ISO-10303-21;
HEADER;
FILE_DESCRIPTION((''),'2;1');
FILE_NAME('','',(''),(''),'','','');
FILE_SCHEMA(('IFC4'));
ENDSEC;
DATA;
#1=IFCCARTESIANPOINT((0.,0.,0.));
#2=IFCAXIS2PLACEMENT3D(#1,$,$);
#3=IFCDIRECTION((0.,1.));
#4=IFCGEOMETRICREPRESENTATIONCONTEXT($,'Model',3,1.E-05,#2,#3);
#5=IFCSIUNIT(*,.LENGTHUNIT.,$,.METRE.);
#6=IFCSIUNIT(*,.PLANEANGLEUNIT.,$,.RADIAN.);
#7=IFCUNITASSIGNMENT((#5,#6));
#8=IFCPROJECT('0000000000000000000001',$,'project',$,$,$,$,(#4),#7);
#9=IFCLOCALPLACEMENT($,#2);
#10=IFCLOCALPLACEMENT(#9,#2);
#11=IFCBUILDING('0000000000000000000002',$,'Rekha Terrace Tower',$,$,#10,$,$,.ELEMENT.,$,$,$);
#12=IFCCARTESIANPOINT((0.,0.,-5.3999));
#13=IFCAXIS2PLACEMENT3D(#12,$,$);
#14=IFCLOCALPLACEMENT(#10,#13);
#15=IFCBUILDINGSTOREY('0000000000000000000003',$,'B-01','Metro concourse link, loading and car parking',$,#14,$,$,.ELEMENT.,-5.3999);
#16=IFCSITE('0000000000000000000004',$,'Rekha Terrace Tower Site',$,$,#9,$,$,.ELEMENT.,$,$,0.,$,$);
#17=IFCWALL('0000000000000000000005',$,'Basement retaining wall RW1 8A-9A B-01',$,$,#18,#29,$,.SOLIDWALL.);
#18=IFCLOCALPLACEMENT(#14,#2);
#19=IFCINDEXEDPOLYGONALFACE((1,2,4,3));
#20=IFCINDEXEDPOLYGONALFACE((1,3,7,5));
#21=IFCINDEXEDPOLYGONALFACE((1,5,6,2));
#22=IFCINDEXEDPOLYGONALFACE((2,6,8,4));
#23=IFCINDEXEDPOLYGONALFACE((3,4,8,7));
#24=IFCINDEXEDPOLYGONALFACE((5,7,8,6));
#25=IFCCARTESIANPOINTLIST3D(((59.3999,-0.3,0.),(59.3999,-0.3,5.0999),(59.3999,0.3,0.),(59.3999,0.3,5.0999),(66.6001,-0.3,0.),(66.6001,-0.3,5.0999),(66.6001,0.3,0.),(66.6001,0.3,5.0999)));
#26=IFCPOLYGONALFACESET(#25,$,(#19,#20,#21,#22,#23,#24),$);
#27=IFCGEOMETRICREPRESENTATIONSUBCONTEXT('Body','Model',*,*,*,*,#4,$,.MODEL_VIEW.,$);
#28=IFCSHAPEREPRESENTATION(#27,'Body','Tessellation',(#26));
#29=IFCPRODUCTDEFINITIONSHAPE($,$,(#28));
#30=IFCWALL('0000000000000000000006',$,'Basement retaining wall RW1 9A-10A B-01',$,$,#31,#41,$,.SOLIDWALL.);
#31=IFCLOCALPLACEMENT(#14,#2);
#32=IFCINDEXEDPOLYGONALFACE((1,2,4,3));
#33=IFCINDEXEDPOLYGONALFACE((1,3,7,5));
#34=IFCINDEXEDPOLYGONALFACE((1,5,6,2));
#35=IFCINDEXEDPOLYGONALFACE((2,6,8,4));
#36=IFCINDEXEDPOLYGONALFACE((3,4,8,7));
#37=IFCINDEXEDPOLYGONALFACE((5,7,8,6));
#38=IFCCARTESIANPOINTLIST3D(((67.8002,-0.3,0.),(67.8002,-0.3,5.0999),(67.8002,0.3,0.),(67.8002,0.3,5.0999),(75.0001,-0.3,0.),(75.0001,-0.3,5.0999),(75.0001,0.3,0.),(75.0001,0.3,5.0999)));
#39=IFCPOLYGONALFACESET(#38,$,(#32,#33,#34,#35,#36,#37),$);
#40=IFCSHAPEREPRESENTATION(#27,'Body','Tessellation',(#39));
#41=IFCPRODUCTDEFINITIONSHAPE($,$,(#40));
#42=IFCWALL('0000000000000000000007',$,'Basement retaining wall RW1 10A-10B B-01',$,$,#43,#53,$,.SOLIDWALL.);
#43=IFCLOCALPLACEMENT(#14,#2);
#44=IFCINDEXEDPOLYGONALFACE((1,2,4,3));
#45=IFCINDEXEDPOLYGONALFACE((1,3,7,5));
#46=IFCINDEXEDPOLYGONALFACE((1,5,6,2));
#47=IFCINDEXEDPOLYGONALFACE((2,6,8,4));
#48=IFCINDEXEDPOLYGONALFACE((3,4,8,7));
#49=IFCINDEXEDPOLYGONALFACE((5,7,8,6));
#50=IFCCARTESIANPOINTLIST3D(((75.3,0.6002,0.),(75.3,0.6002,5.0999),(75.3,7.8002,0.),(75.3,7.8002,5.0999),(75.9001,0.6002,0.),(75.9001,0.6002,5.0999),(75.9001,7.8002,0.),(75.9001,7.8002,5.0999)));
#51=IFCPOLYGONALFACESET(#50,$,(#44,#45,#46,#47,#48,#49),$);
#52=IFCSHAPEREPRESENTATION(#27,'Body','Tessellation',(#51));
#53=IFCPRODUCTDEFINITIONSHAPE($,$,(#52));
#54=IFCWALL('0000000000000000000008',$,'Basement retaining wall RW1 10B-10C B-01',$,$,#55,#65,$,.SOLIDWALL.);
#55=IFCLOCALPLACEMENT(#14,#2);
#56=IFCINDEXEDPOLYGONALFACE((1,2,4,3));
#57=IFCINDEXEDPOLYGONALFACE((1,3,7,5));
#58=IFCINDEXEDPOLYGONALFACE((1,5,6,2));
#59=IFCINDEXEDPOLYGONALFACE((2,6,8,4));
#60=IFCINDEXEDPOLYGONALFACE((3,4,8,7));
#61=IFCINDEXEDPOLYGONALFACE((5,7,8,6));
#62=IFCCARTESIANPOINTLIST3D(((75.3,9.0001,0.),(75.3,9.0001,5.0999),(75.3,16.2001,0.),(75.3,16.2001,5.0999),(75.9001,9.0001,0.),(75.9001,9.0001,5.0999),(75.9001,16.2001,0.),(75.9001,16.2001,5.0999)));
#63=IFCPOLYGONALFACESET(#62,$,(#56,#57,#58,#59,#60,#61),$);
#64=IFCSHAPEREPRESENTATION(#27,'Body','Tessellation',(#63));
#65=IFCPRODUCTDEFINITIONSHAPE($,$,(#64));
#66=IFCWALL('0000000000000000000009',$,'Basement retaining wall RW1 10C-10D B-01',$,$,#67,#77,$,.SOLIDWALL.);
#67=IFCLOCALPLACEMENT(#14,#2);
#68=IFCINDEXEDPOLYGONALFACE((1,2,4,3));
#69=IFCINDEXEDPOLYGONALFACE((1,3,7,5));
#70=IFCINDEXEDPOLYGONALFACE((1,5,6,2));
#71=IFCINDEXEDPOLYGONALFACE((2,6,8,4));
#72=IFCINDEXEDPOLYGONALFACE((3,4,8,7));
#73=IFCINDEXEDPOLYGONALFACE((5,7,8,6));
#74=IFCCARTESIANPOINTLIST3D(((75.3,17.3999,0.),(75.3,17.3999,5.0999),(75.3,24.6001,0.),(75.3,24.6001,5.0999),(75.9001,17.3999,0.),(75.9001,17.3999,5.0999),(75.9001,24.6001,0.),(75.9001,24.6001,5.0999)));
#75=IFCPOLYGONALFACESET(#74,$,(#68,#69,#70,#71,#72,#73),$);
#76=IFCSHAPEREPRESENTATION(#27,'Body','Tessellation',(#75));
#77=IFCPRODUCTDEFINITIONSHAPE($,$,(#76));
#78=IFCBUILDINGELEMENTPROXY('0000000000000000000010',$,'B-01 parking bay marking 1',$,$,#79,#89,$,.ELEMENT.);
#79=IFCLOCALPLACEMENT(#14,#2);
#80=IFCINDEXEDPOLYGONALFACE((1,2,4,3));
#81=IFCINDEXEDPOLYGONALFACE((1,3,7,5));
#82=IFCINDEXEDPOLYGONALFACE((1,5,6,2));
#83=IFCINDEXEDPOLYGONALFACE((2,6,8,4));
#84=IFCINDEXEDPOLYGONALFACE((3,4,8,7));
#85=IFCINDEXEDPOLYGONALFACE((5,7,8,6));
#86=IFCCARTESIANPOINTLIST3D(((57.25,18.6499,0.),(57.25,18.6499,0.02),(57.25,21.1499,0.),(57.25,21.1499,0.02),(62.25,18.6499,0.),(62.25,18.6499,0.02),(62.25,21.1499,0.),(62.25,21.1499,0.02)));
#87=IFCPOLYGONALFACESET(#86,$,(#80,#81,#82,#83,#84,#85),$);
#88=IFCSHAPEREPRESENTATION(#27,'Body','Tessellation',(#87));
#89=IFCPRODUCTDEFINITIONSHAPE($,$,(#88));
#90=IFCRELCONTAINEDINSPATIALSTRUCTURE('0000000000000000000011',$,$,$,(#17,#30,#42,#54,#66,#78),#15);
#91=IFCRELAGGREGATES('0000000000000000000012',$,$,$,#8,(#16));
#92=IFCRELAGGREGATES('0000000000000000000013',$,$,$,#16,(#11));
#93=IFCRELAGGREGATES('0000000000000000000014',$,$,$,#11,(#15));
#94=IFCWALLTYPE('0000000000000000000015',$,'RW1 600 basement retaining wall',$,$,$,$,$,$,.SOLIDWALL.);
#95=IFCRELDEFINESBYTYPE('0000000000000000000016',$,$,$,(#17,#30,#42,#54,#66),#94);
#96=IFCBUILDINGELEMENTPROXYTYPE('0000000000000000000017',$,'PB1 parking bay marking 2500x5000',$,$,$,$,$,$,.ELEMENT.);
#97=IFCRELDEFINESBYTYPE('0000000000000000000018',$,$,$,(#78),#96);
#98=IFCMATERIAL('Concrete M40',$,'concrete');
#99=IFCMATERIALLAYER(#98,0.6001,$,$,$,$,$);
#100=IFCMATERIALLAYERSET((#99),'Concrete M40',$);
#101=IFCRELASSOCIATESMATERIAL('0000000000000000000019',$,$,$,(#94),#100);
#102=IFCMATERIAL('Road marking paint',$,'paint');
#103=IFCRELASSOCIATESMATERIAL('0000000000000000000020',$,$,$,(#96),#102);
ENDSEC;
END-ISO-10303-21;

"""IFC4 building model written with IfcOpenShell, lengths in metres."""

from ifc_helpers import new_model, si_unit, direction, frame, frame_2d, origin, origin_2d, place, context, subcontext, project, spatial, rectangle, extrude, material, layer, layer_set, type_object, element, save


model = new_model("IFC4")

# Units and contexts
model_context = context("Model", 3, precision=1e-05, world=origin(), true_north=direction((0.0, 1.0)))
body_context = subcontext(model_context, "Body", "Model", "MODEL_VIEW")
ifc_project = project(units=[si_unit("LENGTHUNIT", "METRE"), si_unit("PLANEANGLEUNIT", "RADIAN")], contexts=[model_context])

# Site, building, storey
site_placement = place(None, origin())
site = spatial("IfcSite", under=ifc_project, at=site_placement, Name="Rekha Terrace Tower Site", CompositionType="ELEMENT", RefElevation=0.0)
building_placement = place(site_placement, origin())
building = spatial("IfcBuilding", under=site, at=building_placement, Name="Rekha Terrace Tower", CompositionType="ELEMENT")
storey_placement = place(building_placement, frame((0.0, 0.0, -5.3999)))
storey = spatial("IfcBuildingStorey", under=building, at=storey_placement, Name="B-01", Description="Metro concourse link, loading and car parking", CompositionType="ELEMENT", Elevation=-5.3999)

# Walls
ifc_material_1 = material(Name="Concrete M40", Category="concrete")
ifc_layer = layer(ifc_material_1, 0.6001)
ifc_layer_set = layer_set([ifc_layer], Name="Concrete M40")
wall_type = type_object("IfcWallType", Name="RW1 600 basement retaining wall", PredefinedType="SOLIDWALL", material=ifc_layer_set)
wall_1_placement = place(storey_placement, frame((59.3999, 0.0, 0.0), z_axis=(0.0, 0.0, 1.0), x_axis=(1.0, 0.0, 0.0)))
element("IfcWall", 1, at=wall_1_placement, inside=storey, type_object=wall_type, Name="Basement retaining wall RW1 8A-9A B-01", PredefinedType="SOLIDWALL", context=body_context, shape_type="SweptSolid", body=[
    extrude(rectangle(XDim=7.2002, YDim=0.6001, at=frame_2d((3.6001, 0.0))), origin(), (0.0, 0.0, 1.0), 5.0999),
])
for number, where, z_axis, x_axis, name in (
    (2, (67.8, 0.0, 0.0), (0.0, 0.0, 1.0), (1.0, 0.0, 0.0), "Basement retaining wall RW1 9A-10A B-01"),
    (3, (75.6001, 0.6001, 0.0), (0.0, 0.0, 1.0), (0.0, 1.0, 0.0), "Basement retaining wall RW1 10A-10B B-01"),
    (4, (75.6001, 9.0, 0.0), (0.0, 0.0, 1.0), (0.0, 1.0, 0.0), "Basement retaining wall RW1 10B-10C B-01"),
):
    element("IfcWall", number, at=place(storey_placement, frame(where, z_axis=z_axis, x_axis=x_axis)), inside=storey, type_object=wall_type, Name=name, PredefinedType="SOLIDWALL", context=body_context, shape_type="SweptSolid", body=[
        extrude(rectangle(XDim=7.2, YDim=0.6001, at=frame_2d((3.6001, 0.0))), origin(), (0.0, 0.0, 1.0), 5.0999),
    ])
wall_2_placement = place(storey_placement, frame((75.6001, 17.3999, 0.0), z_axis=(0.0, 0.0, 1.0), x_axis=(0.0, 1.0, 0.0)))
element("IfcWall", 5, at=wall_2_placement, inside=storey, type_object=wall_type, Name="Basement retaining wall RW1 10C-10D B-01", PredefinedType="SOLIDWALL", context=body_context, shape_type="SweptSolid", body=[
    extrude(rectangle(XDim=7.2002, YDim=0.6001, at=frame_2d((3.6001, 0.0))), origin(), (0.0, 0.0, 1.0), 5.0999),
])

# Building element proxy
ifc_material_2 = material(Name="Road marking paint", Category="paint")
building_element_proxy_type = type_object("IfcBuildingElementProxyType", Name="PB1 parking bay marking 2500x5000", PredefinedType="ELEMENT", material=ifc_material_2)
proxy_placement = place(storey_placement, frame((59.75, 19.8999, 0.0), z_axis=(0.0, 0.0, 1.0), x_axis=(1.0, 0.0, 0.0)))
element("IfcBuildingElementProxy", 6, at=proxy_placement, inside=storey, type_object=building_element_proxy_type, Name="B-01 parking bay marking 1", PredefinedType="ELEMENT", context=body_context, shape_type="SweptSolid", body=[
    extrude(rectangle(XDim=5.0, YDim=2.5, at=origin_2d()), origin(), (0.0, 0.0, 1.0), 0.02),
])

save(model, "model.ifc")
